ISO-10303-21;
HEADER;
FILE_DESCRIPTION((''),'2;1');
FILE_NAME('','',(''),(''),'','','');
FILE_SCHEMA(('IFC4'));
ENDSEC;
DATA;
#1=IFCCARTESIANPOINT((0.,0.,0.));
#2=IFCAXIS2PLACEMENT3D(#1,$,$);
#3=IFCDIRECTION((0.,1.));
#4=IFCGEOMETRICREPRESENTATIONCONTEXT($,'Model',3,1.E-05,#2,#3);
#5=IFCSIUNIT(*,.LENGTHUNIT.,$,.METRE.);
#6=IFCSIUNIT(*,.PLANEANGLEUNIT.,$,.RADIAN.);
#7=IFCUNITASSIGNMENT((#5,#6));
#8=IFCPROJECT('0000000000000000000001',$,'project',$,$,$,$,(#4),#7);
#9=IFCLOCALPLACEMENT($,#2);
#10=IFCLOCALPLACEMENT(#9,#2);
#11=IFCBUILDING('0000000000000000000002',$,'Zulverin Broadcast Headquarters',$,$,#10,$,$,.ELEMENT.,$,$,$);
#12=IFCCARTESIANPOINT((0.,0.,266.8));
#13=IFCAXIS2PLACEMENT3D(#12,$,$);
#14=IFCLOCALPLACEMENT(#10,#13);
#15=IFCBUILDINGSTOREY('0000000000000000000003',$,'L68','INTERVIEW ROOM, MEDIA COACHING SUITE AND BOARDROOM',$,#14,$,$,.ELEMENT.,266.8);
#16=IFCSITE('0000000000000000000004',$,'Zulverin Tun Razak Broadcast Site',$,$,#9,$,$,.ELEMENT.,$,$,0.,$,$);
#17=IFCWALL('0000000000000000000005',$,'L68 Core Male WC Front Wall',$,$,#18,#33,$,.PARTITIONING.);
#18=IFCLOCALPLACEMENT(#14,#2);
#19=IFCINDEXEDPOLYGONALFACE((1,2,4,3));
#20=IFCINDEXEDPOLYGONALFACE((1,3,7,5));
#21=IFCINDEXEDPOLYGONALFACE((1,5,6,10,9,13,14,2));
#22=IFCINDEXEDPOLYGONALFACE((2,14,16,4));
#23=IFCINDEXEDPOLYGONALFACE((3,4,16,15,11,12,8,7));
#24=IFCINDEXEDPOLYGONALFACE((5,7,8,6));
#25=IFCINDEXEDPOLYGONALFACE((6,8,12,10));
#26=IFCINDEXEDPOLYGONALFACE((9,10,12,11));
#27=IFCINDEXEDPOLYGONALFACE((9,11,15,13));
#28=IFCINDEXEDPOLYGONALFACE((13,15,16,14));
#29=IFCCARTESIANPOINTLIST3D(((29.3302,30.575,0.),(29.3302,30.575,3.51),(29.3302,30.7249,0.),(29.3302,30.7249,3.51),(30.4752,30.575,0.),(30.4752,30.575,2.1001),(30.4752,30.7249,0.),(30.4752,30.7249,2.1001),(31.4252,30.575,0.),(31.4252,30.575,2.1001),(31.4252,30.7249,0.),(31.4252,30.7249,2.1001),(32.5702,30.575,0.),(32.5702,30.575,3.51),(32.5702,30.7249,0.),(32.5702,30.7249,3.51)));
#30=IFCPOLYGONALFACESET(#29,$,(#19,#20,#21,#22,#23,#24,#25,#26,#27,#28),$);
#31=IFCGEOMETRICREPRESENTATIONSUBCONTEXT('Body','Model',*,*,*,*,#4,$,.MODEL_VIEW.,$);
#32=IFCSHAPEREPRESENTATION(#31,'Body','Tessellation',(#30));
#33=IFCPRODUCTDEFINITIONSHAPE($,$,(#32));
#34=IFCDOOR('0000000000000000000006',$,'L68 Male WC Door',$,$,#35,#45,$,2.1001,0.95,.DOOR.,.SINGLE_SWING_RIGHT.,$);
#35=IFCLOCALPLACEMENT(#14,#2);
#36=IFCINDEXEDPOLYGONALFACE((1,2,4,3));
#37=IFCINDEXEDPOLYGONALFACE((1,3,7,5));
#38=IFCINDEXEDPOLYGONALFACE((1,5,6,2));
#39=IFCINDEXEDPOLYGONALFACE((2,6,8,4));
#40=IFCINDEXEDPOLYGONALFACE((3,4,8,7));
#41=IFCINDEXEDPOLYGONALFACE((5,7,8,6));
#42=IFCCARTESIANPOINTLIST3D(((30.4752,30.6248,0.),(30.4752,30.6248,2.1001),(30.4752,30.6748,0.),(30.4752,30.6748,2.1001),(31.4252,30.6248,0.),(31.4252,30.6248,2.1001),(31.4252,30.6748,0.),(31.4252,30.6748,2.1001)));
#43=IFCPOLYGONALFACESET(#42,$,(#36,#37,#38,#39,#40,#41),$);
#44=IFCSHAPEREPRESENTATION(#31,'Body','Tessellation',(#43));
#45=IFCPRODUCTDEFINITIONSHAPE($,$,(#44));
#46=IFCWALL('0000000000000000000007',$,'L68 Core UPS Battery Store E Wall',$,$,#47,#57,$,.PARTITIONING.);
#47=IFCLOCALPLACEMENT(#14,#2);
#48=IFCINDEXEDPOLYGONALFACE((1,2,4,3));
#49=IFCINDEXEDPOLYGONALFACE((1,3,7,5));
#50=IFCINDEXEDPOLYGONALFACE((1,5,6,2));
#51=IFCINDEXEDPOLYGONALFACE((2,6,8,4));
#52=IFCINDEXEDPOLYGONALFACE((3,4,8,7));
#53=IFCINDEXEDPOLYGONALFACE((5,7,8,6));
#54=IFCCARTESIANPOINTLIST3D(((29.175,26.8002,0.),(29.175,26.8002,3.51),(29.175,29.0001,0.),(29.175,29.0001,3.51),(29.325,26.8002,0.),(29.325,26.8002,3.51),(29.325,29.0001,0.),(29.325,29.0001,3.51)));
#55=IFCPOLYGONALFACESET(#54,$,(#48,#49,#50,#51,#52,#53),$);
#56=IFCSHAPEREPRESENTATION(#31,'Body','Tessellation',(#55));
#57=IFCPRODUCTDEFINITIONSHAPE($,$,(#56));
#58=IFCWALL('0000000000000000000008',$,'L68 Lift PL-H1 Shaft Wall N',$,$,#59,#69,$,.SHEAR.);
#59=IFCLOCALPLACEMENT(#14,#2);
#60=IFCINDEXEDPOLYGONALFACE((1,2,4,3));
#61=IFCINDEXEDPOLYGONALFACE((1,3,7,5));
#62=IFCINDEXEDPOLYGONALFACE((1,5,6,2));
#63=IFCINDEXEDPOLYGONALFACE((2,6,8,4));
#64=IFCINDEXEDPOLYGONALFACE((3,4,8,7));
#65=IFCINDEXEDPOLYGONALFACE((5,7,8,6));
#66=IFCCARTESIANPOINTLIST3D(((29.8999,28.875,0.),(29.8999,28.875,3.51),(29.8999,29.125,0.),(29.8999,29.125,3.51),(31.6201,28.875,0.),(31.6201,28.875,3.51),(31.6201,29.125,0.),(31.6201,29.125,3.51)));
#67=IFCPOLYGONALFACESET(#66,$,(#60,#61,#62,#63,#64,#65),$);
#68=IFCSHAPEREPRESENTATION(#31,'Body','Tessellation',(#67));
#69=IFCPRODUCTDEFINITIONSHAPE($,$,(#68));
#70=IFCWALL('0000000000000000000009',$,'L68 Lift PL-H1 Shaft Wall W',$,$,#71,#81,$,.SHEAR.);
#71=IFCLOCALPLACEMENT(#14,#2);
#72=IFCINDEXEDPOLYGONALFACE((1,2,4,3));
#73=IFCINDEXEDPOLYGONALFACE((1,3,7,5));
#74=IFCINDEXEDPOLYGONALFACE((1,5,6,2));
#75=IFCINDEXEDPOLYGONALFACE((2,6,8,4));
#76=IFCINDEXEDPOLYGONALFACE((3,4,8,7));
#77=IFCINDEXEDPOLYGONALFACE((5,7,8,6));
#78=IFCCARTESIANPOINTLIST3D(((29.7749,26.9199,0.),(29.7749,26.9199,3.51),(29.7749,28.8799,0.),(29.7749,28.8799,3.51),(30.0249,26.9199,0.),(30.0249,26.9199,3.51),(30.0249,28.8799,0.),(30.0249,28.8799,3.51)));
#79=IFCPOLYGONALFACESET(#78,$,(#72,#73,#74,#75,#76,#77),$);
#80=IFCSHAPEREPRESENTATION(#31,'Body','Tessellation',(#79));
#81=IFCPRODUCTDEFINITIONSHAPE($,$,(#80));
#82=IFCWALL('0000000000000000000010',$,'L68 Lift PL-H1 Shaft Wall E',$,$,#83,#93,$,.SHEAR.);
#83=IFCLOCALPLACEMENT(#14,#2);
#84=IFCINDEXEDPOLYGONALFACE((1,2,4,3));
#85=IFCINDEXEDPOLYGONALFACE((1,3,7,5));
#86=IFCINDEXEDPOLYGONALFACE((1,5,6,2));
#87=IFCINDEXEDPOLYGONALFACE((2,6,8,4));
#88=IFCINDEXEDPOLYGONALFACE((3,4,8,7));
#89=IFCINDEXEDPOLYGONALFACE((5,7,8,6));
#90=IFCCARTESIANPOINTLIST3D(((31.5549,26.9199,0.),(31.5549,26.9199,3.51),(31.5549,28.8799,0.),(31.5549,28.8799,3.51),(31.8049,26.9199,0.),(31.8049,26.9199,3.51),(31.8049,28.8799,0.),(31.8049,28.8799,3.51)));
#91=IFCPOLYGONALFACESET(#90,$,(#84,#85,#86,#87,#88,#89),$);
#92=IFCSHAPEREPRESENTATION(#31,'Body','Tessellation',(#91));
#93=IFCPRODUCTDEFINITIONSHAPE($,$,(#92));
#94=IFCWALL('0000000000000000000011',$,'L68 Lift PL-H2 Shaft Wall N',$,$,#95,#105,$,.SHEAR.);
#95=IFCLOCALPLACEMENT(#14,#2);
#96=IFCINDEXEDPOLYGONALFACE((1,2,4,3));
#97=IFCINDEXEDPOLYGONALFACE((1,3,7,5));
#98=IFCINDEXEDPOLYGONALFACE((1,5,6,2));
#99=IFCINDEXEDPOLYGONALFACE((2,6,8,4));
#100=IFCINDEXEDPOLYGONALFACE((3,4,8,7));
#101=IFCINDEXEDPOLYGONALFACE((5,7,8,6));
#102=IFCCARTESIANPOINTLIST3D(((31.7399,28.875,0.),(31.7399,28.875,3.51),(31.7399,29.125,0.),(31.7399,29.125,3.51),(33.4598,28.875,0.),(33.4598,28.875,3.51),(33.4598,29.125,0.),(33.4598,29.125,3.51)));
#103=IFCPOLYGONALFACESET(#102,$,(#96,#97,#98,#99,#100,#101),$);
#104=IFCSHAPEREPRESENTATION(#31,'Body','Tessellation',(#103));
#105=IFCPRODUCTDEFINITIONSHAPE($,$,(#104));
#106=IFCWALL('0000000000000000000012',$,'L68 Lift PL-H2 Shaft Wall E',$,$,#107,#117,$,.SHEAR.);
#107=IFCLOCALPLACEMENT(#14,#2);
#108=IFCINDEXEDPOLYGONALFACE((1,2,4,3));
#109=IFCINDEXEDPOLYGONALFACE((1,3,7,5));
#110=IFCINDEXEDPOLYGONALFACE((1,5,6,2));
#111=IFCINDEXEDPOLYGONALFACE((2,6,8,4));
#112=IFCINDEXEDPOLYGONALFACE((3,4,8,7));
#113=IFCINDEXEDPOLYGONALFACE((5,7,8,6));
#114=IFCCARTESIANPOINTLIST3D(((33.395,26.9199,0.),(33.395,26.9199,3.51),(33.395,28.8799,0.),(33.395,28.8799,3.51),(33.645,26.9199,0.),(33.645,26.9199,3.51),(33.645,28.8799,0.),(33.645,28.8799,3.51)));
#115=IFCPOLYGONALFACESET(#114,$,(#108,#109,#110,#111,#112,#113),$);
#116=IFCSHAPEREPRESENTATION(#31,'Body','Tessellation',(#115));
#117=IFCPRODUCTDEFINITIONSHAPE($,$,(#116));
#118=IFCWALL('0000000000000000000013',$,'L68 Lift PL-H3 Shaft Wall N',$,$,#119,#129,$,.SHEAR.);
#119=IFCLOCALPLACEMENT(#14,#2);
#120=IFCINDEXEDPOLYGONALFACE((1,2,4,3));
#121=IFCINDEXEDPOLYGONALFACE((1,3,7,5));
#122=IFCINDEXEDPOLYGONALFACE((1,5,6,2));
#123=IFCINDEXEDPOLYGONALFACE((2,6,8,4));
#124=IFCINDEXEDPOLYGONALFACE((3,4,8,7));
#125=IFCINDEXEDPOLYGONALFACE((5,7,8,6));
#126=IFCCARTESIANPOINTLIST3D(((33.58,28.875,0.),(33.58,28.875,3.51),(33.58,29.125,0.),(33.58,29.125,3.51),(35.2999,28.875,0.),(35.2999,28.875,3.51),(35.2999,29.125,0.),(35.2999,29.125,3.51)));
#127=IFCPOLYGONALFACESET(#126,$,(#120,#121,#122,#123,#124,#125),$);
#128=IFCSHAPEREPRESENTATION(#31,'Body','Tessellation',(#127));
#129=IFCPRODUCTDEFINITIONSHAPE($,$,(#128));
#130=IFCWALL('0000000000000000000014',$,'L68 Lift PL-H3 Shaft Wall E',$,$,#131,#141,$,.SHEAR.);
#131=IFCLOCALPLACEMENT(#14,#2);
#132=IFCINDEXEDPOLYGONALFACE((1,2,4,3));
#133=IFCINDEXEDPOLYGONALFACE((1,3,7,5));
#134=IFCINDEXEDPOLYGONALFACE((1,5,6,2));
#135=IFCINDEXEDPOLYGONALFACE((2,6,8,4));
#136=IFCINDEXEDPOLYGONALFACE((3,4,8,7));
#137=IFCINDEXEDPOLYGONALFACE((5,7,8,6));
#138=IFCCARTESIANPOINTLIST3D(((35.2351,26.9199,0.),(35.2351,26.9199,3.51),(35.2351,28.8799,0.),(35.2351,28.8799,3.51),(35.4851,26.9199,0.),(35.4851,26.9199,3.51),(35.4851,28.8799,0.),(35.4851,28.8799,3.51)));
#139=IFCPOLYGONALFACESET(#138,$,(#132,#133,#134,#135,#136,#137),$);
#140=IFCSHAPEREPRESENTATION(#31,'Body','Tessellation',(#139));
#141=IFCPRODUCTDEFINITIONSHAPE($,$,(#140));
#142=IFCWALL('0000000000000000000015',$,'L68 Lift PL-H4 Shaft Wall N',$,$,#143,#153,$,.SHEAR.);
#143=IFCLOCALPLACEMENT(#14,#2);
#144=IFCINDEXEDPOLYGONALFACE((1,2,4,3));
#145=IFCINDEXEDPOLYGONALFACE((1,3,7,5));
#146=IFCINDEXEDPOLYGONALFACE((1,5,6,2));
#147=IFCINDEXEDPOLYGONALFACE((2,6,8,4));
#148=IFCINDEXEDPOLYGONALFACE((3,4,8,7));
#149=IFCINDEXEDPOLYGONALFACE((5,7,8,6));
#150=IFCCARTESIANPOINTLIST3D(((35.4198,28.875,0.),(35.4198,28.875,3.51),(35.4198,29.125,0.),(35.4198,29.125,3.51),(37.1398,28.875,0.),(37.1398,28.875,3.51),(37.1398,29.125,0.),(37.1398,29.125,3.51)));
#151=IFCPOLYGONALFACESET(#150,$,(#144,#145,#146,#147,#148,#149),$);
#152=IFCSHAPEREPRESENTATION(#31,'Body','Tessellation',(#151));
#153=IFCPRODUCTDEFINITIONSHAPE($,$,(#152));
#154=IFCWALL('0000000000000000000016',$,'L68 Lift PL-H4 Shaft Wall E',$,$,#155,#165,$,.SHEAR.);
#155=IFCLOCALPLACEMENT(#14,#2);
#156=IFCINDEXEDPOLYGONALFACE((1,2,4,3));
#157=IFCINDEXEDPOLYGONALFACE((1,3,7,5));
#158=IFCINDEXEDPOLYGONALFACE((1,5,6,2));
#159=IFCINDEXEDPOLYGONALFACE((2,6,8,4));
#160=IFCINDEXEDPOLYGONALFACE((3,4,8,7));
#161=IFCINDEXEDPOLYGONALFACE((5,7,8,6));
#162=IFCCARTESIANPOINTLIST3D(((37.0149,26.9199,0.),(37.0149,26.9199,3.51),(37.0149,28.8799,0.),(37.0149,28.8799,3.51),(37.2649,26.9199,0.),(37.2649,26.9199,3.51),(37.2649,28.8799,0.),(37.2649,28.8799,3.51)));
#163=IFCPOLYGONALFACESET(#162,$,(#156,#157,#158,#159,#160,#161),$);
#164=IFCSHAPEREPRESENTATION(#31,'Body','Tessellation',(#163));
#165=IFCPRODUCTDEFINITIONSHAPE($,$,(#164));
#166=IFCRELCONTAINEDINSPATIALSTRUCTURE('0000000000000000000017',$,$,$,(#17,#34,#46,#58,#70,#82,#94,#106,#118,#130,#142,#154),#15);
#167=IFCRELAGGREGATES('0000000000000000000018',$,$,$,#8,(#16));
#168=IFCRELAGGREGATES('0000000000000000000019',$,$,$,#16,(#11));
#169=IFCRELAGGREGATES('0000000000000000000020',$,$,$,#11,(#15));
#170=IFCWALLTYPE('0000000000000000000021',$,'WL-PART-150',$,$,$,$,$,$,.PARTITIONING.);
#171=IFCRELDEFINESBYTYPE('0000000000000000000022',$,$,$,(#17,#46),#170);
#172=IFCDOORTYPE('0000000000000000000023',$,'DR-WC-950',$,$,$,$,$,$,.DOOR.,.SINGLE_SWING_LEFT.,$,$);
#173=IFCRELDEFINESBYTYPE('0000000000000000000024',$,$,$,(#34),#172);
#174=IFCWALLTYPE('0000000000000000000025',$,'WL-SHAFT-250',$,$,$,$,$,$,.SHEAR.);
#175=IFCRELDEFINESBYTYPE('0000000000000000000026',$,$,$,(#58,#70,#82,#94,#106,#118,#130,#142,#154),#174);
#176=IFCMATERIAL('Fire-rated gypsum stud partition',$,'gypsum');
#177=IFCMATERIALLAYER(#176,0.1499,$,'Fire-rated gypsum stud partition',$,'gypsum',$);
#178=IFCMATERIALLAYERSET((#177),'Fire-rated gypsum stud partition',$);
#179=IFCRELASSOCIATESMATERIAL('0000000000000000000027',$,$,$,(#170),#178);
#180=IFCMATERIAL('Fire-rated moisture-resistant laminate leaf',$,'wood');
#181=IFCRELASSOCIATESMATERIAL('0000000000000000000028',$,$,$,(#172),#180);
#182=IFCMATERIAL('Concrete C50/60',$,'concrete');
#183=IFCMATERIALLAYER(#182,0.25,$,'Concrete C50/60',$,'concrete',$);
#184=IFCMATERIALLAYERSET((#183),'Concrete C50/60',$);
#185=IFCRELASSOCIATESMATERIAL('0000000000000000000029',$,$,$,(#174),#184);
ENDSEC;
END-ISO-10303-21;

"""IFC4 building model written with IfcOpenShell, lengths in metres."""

from ifc_helpers import new_model, si_unit, direction, frame, frame_2d, origin, place, context, subcontext, project, spatial, rectangle, extrude, material, layer, layer_set, type_object, element, fill, save


model = new_model("IFC4")

# Units and contexts
model_context = context("Model", 3, precision=1e-05, world=origin(), true_north=direction((0.0, 1.0)))
body_context = subcontext(model_context, "Body", "Model", "MODEL_VIEW")
ifc_project = project(units=[si_unit("LENGTHUNIT", "METRE"), si_unit("PLANEANGLEUNIT", "RADIAN")], contexts=[model_context])

# Site, building, storey
site_placement = place(None, origin())
site = spatial("IfcSite", under=ifc_project, at=site_placement, Name="Zulverin Tun Razak Broadcast Site", CompositionType="ELEMENT", RefElevation=0.0)
building_placement = place(site_placement, origin())
building = spatial("IfcBuilding", under=site, at=building_placement, Name="Zulverin Broadcast Headquarters", CompositionType="ELEMENT")
storey_placement = place(building_placement, frame((0.0, 0.0, 266.8)))
storey = spatial("IfcBuildingStorey", under=building, at=storey_placement, Name="L68", Description="INTERVIEW ROOM, MEDIA COACHING SUITE AND BOARDROOM", CompositionType="ELEMENT", Elevation=266.8)

# Wall, opening, door
ifc_material_1 = material(Name="Fire-rated gypsum stud partition", Category="gypsum")
ifc_layer_1 = layer(ifc_material_1, 0.1499, Name="Fire-rated gypsum stud partition", Category="gypsum")
ifc_layer_set_1 = layer_set([ifc_layer_1], Name="Fire-rated gypsum stud partition")
wall_type_1 = type_object("IfcWallType", Name="WL-PART-150", PredefinedType="PARTITIONING", material=ifc_layer_set_1)
wall_1_placement = place(storey_placement, frame((29.3301, 30.6499, 0.0), z_axis=(0.0, 0.0, 1.0), x_axis=(1.0, 0.0, 0.0)))
wall_1 = element("IfcWall", 1, at=wall_1_placement, inside=storey, type_object=wall_type_1, Name="L68 Core Male WC Front Wall", PredefinedType="PARTITIONING", context=body_context, shape_type="SweptSolid", body=[
    extrude(rectangle(XDim=3.24, YDim=0.1499, at=frame_2d((1.6201, 0.0))), origin(), (0.0, 0.0, 1.0), 3.51),
])
opening_1_placement = place(wall_1_placement, frame((1.145, 0.0, 0.0)))
opening_1 = element("IfcOpeningElement", 2, at=opening_1_placement, cuts=wall_1, PredefinedType="OPENING", context=body_context, shape_type="SweptSolid", body=[
    extrude(rectangle(XDim=0.95, YDim=2.1001, at=frame_2d((0.4751, 1.05))), frame((0.0, 0.085, 0.0), z_axis=(0.0, -1.0, 0.0), x_axis=(1.0, 0.0, 0.0)), (0.0, 0.0, 1.0), 0.1699),
])
ifc_material_2 = material(Name="Fire-rated moisture-resistant laminate leaf", Category="wood")
door_type_1 = type_object("IfcDoorType", Name="DR-WC-950", OperationType="SINGLE_SWING_LEFT", PredefinedType="DOOR", material=ifc_material_2)
door_1_placement = place(opening_1_placement, origin())
door_1 = element("IfcDoor", 3, at=door_1_placement, inside=storey, type_object=door_type_1, Name="L68 Male WC Door", OperationType="SINGLE_SWING_RIGHT", OverallHeight=2.1001, OverallWidth=0.95, PredefinedType="DOOR", context=body_context, shape_type="SweptSolid", body=[
    extrude(rectangle(XDim=0.95, YDim=2.1001, at=frame_2d((0.4751, 1.05))), frame((0.0, 0.0249, 0.0), z_axis=(0.0, -1.0, 0.0), x_axis=(1.0, 0.0, 0.0)), (0.0, 0.0, 1.0), 0.05),
])
fill(opening_1, door_1)

# Wall
wall_2_placement = place(storey_placement, frame((29.25, 26.8, 0.0), z_axis=(0.0, 0.0, 1.0), x_axis=(0.0, 1.0, 0.0)))
element("IfcWall", 4, at=wall_2_placement, inside=storey, type_object=wall_type_1, Name="L68 Core UPS Battery Store E Wall", PredefinedType="PARTITIONING", context=body_context, shape_type="SweptSolid", body=[
    extrude(rectangle(XDim=2.2, YDim=0.1499, at=frame_2d((1.1001, 0.0))), origin(), (0.0, 0.0, 1.0), 3.51),
])

# Shared definitions
ifc_material_3 = material(Name="Concrete C50/60", Category="concrete")
ifc_layer_2 = layer(ifc_material_3, 0.25, Name="Concrete C50/60", Category="concrete")
ifc_layer_set_2 = layer_set([ifc_layer_2], Name="Concrete C50/60")
wall_type_2 = type_object("IfcWallType", Name="WL-SHAFT-250", PredefinedType="SHEAR", material=ifc_layer_set_2)

# Walls
wall_3_placement = place(storey_placement, frame((29.8999, 29.0, 0.0), z_axis=(0.0, 0.0, 1.0), x_axis=(1.0, 0.0, 0.0)))
element("IfcWall", 5, at=wall_3_placement, inside=storey, type_object=wall_type_2, Name="L68 Lift PL-H1 Shaft Wall N", PredefinedType="SHEAR", context=body_context, shape_type="SweptSolid", body=[
    extrude(rectangle(XDim=1.7202, YDim=0.25, at=frame_2d((0.8601, 0.0))), origin(), (0.0, 0.0, 1.0), 3.51),
])
for number, where, z_axis, x_axis, name in (
    (6, (29.8999, 26.9199, 0.0), (0.0, 0.0, 1.0), (0.0, 1.0, 0.0), "L68 Lift PL-H1 Shaft Wall W"),
    (7, (31.6799, 26.9199, 0.0), (0.0, 0.0, 1.0), (0.0, 1.0, 0.0), "L68 Lift PL-H1 Shaft Wall E"),
):
    element("IfcWall", number, at=place(storey_placement, frame(where, z_axis=z_axis, x_axis=x_axis)), inside=storey, type_object=wall_type_2, Name=name, PredefinedType="SHEAR", context=body_context, shape_type="SweptSolid", body=[
        extrude(rectangle(XDim=1.96, YDim=0.25, at=frame_2d((0.98, 0.0))), origin(), (0.0, 0.0, 1.0), 3.51),
    ])

# Walls
wall_4_placement = place(storey_placement, frame((31.74, 29.0, 0.0), z_axis=(0.0, 0.0, 1.0), x_axis=(1.0, 0.0, 0.0)))
element("IfcWall", 8, at=wall_4_placement, inside=storey, type_object=wall_type_2, Name="L68 Lift PL-H2 Shaft Wall N", PredefinedType="SHEAR", context=body_context, shape_type="SweptSolid", body=[
    extrude(rectangle(XDim=1.72, YDim=0.25, at=frame_2d((0.8599, 0.0))), origin(), (0.0, 0.0, 1.0), 3.51),
])
wall_5_placement = place(storey_placement, frame((33.52, 26.9199, 0.0), z_axis=(0.0, 0.0, 1.0), x_axis=(0.0, 1.0, 0.0)))
element("IfcWall", 9, at=wall_5_placement, inside=storey, type_object=wall_type_2, Name="L68 Lift PL-H2 Shaft Wall E", PredefinedType="SHEAR", context=body_context, shape_type="SweptSolid", body=[
    extrude(rectangle(XDim=1.96, YDim=0.25, at=frame_2d((0.98, 0.0))), origin(), (0.0, 0.0, 1.0), 3.51),
])

# Walls
wall_6_placement = place(storey_placement, frame((33.5801, 29.0, 0.0), z_axis=(0.0, 0.0, 1.0), x_axis=(1.0, 0.0, 0.0)))
element("IfcWall", 10, at=wall_6_placement, inside=storey, type_object=wall_type_2, Name="L68 Lift PL-H3 Shaft Wall N", PredefinedType="SHEAR", context=body_context, shape_type="SweptSolid", body=[
    extrude(rectangle(XDim=1.72, YDim=0.25, at=frame_2d((0.8599, 0.0))), origin(), (0.0, 0.0, 1.0), 3.51),
])
wall_7_placement = place(storey_placement, frame((35.3601, 26.9199, 0.0), z_axis=(0.0, 0.0, 1.0), x_axis=(0.0, 1.0, 0.0)))
element("IfcWall", 11, at=wall_7_placement, inside=storey, type_object=wall_type_2, Name="L68 Lift PL-H3 Shaft Wall E", PredefinedType="SHEAR", context=body_context, shape_type="SweptSolid", body=[
    extrude(rectangle(XDim=1.96, YDim=0.25, at=frame_2d((0.98, 0.0))), origin(), (0.0, 0.0, 1.0), 3.51),
])

# Walls
wall_8_placement = place(storey_placement, frame((35.4199, 29.0, 0.0), z_axis=(0.0, 0.0, 1.0), x_axis=(1.0, 0.0, 0.0)))
element("IfcWall", 12, at=wall_8_placement, inside=storey, type_object=wall_type_2, Name="L68 Lift PL-H4 Shaft Wall N", PredefinedType="SHEAR", context=body_context, shape_type="SweptSolid", body=[
    extrude(rectangle(XDim=1.72, YDim=0.25, at=frame_2d((0.8599, 0.0))), origin(), (0.0, 0.0, 1.0), 3.51),
])
wall_9_placement = place(storey_placement, frame((37.1399, 26.9199, 0.0), z_axis=(0.0, 0.0, 1.0), x_axis=(0.0, 1.0, 0.0)))
element("IfcWall", 13, at=wall_9_placement, inside=storey, type_object=wall_type_2, Name="L68 Lift PL-H4 Shaft Wall E", PredefinedType="SHEAR", context=body_context, shape_type="SweptSolid", body=[
    extrude(rectangle(XDim=1.96, YDim=0.25, at=frame_2d((0.98, 0.0))), origin(), (0.0, 0.0, 1.0), 3.51),
])

save(model, "model.ifc")
